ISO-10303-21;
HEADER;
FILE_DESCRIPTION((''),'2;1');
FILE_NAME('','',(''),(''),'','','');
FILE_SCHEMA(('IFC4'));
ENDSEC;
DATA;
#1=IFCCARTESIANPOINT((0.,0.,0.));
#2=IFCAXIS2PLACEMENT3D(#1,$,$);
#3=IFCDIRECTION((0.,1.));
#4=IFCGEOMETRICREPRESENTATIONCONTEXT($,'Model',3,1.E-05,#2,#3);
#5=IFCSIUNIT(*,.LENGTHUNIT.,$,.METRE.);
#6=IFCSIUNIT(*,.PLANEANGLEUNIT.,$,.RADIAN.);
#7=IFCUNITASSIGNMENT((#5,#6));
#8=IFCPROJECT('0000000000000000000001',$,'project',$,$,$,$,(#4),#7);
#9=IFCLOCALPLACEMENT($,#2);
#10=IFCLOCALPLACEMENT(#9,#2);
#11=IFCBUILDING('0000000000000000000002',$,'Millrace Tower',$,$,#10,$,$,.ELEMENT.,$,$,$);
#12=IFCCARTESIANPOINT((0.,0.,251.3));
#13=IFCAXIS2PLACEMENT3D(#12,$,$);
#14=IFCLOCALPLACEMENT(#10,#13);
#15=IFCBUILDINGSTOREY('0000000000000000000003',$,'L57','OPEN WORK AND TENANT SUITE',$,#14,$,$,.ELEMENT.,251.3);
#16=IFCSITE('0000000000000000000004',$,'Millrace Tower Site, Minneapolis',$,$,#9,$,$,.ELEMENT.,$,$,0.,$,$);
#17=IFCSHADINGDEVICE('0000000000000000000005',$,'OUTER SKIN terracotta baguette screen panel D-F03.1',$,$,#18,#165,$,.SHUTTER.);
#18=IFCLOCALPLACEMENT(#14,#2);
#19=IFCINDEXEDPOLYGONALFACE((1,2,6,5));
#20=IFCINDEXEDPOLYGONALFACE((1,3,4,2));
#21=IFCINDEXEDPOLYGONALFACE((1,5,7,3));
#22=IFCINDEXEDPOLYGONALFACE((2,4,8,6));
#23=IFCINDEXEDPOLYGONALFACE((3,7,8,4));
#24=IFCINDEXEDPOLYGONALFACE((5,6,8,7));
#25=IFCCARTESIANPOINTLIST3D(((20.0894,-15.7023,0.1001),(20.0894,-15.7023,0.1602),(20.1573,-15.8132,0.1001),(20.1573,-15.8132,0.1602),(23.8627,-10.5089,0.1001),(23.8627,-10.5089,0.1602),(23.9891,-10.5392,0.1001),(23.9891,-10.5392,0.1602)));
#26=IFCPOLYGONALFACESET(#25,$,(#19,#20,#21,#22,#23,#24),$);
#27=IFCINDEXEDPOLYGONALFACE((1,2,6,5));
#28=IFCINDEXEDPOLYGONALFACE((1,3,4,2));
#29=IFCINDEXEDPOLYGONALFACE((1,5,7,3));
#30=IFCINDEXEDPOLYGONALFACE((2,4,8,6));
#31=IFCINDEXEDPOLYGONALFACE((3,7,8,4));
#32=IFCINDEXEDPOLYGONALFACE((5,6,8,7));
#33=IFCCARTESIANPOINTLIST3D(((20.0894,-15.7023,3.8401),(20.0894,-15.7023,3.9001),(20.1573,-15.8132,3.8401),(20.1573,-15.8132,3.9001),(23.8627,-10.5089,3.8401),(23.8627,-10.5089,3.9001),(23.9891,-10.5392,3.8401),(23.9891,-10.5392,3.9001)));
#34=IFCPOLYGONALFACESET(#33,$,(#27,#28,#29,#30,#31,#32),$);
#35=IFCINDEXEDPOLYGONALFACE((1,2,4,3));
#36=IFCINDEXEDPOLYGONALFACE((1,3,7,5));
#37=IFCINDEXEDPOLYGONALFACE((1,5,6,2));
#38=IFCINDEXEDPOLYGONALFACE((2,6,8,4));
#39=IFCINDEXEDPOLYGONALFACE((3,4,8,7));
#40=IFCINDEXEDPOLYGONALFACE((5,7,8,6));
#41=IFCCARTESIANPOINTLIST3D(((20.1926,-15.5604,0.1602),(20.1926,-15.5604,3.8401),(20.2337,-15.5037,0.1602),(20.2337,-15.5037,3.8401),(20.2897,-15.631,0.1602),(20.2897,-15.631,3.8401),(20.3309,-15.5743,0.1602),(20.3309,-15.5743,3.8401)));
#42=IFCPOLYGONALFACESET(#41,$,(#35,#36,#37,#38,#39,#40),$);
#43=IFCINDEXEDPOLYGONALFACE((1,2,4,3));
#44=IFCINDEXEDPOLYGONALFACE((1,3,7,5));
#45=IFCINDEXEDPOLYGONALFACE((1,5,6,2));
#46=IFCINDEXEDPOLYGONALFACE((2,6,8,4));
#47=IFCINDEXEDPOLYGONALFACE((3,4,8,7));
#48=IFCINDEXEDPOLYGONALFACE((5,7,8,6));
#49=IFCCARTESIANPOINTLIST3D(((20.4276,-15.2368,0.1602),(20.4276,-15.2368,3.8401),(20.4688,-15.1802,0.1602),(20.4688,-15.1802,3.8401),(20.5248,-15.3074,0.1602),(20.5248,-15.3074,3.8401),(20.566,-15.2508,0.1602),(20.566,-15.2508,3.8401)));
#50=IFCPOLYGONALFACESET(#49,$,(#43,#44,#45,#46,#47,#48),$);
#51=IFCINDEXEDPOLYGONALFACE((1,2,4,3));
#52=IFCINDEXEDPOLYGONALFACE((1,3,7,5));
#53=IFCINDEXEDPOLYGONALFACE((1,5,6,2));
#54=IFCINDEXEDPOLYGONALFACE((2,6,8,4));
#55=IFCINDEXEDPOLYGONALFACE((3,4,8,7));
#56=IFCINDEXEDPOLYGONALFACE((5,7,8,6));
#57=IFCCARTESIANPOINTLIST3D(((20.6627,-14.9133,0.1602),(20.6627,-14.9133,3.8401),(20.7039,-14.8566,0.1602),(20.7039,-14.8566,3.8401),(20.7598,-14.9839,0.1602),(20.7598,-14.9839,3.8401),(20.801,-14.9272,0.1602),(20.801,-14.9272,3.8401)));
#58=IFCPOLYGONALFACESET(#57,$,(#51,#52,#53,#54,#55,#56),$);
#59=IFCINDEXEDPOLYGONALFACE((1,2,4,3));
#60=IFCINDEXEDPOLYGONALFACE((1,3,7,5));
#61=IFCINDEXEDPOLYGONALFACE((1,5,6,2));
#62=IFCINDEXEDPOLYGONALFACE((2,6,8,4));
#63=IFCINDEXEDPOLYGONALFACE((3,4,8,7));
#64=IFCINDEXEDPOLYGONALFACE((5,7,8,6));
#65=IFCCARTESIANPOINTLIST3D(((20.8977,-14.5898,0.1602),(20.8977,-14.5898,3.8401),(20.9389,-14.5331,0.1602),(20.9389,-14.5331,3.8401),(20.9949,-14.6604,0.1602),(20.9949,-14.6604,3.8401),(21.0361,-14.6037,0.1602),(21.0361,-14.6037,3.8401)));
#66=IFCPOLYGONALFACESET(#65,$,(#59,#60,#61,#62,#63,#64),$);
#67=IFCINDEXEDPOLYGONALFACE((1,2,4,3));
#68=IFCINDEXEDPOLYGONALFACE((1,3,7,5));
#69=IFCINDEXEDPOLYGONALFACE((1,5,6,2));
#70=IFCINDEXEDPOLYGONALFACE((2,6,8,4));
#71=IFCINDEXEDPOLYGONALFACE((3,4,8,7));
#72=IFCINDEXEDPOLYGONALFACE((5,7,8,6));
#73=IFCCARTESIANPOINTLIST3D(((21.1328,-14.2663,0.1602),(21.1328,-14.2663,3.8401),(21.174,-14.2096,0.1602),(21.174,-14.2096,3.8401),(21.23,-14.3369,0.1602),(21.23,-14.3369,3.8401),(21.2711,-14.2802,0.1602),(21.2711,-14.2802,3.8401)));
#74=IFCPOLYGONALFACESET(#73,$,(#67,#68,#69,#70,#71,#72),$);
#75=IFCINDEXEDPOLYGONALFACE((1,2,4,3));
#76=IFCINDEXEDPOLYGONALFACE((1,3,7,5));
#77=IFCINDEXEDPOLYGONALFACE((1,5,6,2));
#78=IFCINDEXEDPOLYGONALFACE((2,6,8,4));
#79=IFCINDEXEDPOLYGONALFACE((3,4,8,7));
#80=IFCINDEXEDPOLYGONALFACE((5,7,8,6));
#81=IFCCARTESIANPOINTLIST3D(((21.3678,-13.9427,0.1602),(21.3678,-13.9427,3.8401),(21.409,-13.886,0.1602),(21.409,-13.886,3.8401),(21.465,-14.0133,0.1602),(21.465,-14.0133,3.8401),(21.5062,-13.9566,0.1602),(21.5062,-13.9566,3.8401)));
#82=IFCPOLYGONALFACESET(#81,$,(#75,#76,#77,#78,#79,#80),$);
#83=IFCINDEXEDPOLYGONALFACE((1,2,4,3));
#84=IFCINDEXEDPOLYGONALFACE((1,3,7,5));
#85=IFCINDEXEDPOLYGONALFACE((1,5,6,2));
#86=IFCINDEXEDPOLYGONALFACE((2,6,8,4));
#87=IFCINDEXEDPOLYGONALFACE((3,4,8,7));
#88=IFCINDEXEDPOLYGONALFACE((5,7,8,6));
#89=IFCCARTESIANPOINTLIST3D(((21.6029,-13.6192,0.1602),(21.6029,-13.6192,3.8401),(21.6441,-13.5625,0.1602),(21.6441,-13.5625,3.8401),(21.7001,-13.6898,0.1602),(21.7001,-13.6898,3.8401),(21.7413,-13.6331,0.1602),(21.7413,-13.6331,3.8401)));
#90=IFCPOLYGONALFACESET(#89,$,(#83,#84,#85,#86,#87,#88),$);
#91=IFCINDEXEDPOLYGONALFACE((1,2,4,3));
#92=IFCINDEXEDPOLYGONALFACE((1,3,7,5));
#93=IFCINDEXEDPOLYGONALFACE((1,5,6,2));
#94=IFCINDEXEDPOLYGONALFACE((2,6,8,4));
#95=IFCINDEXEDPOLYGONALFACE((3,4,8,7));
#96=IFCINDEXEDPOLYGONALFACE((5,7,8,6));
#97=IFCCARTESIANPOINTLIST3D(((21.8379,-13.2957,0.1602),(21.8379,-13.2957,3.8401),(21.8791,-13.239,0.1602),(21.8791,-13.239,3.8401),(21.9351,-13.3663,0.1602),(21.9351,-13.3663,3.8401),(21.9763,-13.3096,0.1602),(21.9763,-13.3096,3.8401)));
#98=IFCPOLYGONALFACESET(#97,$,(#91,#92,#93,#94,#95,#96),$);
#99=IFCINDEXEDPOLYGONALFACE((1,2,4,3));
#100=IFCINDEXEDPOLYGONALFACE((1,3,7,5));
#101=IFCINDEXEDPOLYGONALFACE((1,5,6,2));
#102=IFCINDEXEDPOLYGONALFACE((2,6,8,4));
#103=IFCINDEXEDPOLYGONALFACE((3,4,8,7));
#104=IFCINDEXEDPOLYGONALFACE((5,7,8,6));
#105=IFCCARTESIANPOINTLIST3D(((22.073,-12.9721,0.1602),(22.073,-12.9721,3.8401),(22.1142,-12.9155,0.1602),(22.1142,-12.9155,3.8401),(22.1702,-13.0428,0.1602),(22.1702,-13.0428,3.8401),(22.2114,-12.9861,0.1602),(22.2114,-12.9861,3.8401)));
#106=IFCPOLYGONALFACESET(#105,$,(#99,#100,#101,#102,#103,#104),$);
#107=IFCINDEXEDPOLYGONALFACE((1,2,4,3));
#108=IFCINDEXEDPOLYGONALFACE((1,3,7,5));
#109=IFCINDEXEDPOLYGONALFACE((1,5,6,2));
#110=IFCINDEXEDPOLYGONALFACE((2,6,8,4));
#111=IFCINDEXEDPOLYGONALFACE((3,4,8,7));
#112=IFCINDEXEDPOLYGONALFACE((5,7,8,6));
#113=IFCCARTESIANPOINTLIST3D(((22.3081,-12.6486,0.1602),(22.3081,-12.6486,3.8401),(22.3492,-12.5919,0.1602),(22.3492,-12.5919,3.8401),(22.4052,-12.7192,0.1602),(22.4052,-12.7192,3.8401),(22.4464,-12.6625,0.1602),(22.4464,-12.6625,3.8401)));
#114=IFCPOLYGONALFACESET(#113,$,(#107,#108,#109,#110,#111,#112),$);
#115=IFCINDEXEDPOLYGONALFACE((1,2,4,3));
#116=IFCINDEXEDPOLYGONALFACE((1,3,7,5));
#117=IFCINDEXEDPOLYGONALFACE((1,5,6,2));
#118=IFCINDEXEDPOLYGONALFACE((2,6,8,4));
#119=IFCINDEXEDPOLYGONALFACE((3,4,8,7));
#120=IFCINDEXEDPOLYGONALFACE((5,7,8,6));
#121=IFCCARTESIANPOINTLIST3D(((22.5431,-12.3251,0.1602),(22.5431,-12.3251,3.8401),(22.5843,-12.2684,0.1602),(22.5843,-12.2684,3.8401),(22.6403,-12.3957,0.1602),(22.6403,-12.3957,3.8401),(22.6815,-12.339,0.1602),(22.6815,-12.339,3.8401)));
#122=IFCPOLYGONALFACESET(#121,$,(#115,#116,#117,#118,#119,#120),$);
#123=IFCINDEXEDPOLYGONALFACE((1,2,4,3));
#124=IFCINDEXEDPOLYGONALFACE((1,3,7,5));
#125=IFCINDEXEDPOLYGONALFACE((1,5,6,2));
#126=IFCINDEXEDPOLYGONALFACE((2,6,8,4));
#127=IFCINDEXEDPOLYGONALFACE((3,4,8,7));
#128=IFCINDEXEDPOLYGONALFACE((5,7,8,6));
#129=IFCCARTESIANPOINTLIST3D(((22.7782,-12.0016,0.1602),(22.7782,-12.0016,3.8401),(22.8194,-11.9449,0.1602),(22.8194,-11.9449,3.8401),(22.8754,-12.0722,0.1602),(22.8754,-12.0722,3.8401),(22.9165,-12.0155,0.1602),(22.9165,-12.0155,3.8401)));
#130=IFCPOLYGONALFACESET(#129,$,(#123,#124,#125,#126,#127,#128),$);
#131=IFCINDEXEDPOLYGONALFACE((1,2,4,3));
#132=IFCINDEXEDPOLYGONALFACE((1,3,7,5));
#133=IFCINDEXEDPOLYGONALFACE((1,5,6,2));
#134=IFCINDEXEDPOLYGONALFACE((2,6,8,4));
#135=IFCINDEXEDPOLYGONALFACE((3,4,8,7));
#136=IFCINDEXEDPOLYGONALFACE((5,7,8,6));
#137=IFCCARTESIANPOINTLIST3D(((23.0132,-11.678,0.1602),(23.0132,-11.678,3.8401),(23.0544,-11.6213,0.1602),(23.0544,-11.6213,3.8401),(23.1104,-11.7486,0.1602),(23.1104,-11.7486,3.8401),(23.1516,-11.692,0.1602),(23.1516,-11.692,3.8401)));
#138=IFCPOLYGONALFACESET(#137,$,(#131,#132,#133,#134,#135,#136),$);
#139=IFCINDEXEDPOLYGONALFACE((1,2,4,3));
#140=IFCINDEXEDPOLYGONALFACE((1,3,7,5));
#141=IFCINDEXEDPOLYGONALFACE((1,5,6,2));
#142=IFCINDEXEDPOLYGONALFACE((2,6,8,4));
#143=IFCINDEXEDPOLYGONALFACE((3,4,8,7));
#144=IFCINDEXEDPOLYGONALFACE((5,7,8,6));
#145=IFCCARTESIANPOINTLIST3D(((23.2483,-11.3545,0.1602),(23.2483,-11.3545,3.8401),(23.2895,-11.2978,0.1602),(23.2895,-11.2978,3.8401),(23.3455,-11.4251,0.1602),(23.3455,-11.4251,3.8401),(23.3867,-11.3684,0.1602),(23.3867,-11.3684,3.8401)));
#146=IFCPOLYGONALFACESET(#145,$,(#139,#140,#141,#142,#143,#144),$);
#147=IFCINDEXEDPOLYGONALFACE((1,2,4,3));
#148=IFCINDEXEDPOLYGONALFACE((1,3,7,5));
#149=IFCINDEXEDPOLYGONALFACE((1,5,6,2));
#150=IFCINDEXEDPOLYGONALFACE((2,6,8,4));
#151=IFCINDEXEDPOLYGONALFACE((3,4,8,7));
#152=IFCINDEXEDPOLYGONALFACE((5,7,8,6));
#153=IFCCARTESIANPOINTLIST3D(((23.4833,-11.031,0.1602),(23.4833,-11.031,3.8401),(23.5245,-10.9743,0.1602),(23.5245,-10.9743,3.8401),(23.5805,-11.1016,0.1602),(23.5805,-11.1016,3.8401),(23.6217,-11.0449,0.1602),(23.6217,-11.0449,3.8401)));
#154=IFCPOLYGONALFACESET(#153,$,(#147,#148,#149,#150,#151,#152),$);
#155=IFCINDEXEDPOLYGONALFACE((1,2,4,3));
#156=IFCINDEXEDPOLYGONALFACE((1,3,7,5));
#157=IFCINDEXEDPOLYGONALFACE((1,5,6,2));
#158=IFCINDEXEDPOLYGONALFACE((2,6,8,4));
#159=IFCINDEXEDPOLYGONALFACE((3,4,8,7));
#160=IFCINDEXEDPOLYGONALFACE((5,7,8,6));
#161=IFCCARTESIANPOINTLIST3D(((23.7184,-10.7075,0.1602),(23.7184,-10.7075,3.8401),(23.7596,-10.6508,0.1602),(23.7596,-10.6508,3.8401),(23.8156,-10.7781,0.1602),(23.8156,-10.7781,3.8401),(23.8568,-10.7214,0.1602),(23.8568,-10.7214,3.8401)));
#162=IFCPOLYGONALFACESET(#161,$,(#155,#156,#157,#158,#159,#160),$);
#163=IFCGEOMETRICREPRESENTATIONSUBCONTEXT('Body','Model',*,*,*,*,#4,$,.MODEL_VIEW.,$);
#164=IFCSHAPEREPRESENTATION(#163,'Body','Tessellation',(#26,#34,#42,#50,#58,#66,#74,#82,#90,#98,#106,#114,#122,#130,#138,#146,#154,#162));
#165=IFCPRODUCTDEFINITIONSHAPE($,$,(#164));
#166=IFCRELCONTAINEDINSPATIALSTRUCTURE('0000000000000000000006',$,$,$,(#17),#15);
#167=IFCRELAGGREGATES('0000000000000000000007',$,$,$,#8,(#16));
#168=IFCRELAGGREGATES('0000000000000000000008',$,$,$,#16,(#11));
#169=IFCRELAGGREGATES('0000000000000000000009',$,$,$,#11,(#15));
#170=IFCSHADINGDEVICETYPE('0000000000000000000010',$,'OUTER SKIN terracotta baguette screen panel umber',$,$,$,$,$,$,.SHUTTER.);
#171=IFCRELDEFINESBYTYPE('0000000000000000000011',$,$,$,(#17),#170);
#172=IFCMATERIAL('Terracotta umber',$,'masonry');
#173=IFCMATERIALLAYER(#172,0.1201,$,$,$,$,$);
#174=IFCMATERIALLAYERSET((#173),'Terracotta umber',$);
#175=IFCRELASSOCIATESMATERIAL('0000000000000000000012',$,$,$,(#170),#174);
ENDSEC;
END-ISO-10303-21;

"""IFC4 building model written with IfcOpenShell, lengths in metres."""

from ifc_helpers import new_model, entity, si_unit, direction, frame, frame_2d, origin, place, context, subcontext, project, spatial, rectangle, extrude, source, transform, mapped, material, layer, layer_set, type_object, element, save


model = new_model("IFC4")

# Units and contexts
model_context = context("Model", 3, precision=1e-05, world=origin(), true_north=direction((0.0, 1.0)))
body_context = subcontext(model_context, "Body", "Model", "MODEL_VIEW")
ifc_project = project(units=[si_unit("LENGTHUNIT", "METRE"), si_unit("PLANEANGLEUNIT", "RADIAN")], contexts=[model_context])

# Site, building, storey
site_placement = place(None, origin())
site = spatial("IfcSite", under=ifc_project, at=site_placement, Name="Millrace Tower Site, Minneapolis", CompositionType="ELEMENT", RefElevation=0.0)
building_placement = place(site_placement, origin())
building = spatial("IfcBuilding", under=site, at=building_placement, Name="Millrace Tower", CompositionType="ELEMENT")
storey_placement = place(building_placement, frame((0.0, 0.0, 251.3)))
storey = spatial("IfcBuildingStorey", under=building, at=storey_placement, Name="L57", Description="OPEN WORK AND TENANT SUITE", CompositionType="ELEMENT", Elevation=251.3)

# Shading device
ifc_material_1 = material(Name="Terracotta umber", Category="masonry")
ifc_layer_1 = layer(ifc_material_1, 0.1201)
ifc_layer_set_1 = layer_set([ifc_layer_1], Name="Terracotta umber")
shading_device_type = type_object("IfcShadingDeviceType", Name="OUTER SKIN terracotta baguette screen panel umber", PredefinedType="SHUTTER", material=ifc_layer_set_1)
cartesian_point_1 = entity("IfcCartesianPoint", [-3.2097, 0.0601])
shared_polyline_1 = entity("IfcPolyline", [cartesian_point_1, entity("IfcCartesianPoint", [3.2097, 0.0601]), entity("IfcCartesianPoint", [3.2595, -0.0601]), entity("IfcCartesianPoint", [-3.2595, -0.0601]), cartesian_point_1])
shared_shape_1 = source(origin(), body_context, "Body", "SweptSolid", [
    entity("IfcExtrudedAreaSolid", entity("IfcArbitraryClosedProfileDef", "AREA", None, shared_polyline_1), entity("IfcAxis2Placement3D", entity("IfcCartesianPoint", [0.0, 0.0, 0.0])), entity("IfcDirection", [0.0, 0.0, 1.0]), 0.0601),
    entity("IfcExtrudedAreaSolid", entity("IfcArbitraryClosedProfileDef", "AREA", None, shared_polyline_1), entity("IfcAxis2Placement3D", entity("IfcCartesianPoint", [0.0, 0.0, 3.74])), entity("IfcDirection", [0.0, 0.0, 1.0]), 0.0601),
    extrude(rectangle(XDim=0.0701, YDim=0.1201, at=frame_2d((-2.9993, 0.0))), frame((0.0, 0.0, 0.0601)), (0.0, 0.0, 1.0), 3.6799),
    extrude(rectangle(XDim=0.0701, YDim=0.1201, at=frame_2d((-2.5994, 0.0))), frame((0.0, 0.0, 0.0601)), (0.0, 0.0, 1.0), 3.6799),
    extrude(rectangle(XDim=0.0701, YDim=0.1201, at=frame_2d((-2.1995, 0.0))), frame((0.0, 0.0, 0.0601)), (0.0, 0.0, 1.0), 3.6799),
    extrude(rectangle(XDim=0.0701, YDim=0.1201, at=frame_2d((-1.7996, 0.0))), frame((0.0, 0.0, 0.0601)), (0.0, 0.0, 1.0), 3.6799),
    extrude(rectangle(XDim=0.0701, YDim=0.1201, at=frame_2d((-1.3997, 0.0))), frame((0.0, 0.0, 0.0601)), (0.0, 0.0, 1.0), 3.6799),
    extrude(rectangle(XDim=0.0701, YDim=0.1201, at=frame_2d((-0.9998, 0.0))), frame((0.0, 0.0, 0.0601)), (0.0, 0.0, 1.0), 3.6799),
    extrude(rectangle(XDim=0.0701, YDim=0.1201, at=frame_2d((-0.5999, 0.0))), frame((0.0, 0.0, 0.0601)), (0.0, 0.0, 1.0), 3.6799),
    extrude(rectangle(XDim=0.0701, YDim=0.1201, at=frame_2d((-0.2, 0.0))), frame((0.0, 0.0, 0.0601)), (0.0, 0.0, 1.0), 3.6799),
    extrude(rectangle(XDim=0.0701, YDim=0.1201, at=frame_2d((0.2, 0.0))), frame((0.0, 0.0, 0.0601)), (0.0, 0.0, 1.0), 3.6799),
    extrude(rectangle(XDim=0.0701, YDim=0.1201, at=frame_2d((0.5999, 0.0))), frame((0.0, 0.0, 0.0601)), (0.0, 0.0, 1.0), 3.6799),
    extrude(rectangle(XDim=0.0701, YDim=0.1201, at=frame_2d((0.9998, 0.0))), frame((0.0, 0.0, 0.0601)), (0.0, 0.0, 1.0), 3.6799),
    extrude(rectangle(XDim=0.0701, YDim=0.1201, at=frame_2d((1.3997, 0.0))), frame((0.0, 0.0, 0.0601)), (0.0, 0.0, 1.0), 3.6799),
    extrude(rectangle(XDim=0.0701, YDim=0.1201, at=frame_2d((1.7996, 0.0))), frame((0.0, 0.0, 0.0601)), (0.0, 0.0, 1.0), 3.6799),
    extrude(rectangle(XDim=0.0701, YDim=0.1201, at=frame_2d((2.1995, 0.0))), frame((0.0, 0.0, 0.0601)), (0.0, 0.0, 1.0), 3.6799),
    extrude(rectangle(XDim=0.0701, YDim=0.1201, at=frame_2d((2.5994, 0.0))), frame((0.0, 0.0, 0.0601)), (0.0, 0.0, 1.0), 3.6799),
    extrude(rectangle(XDim=0.0701, YDim=0.1201, at=frame_2d((2.9993, 0.0))), frame((0.0, 0.0, 0.0601)), (0.0, 0.0, 1.0), 3.6799),
])
shading_device_1_placement = place(storey_placement, frame((22.0247, -13.1409, 0.1001), z_axis=(0.0, 0.0, 1.0), x_axis=(0.587785, 0.809017, 0.0)))
element("IfcShadingDevice", 1, at=shading_device_1_placement, inside=storey, type_object=shading_device_type, Name="OUTER SKIN terracotta baguette screen panel D-F03.1", PredefinedType="SHUTTER", context=body_context, shape_type="MappedRepresentation", body=[
    mapped(shared_shape_1, transform((0.0, 0.0, 0.0), scale=1.0)),
])

save(model, "model.ifc")
